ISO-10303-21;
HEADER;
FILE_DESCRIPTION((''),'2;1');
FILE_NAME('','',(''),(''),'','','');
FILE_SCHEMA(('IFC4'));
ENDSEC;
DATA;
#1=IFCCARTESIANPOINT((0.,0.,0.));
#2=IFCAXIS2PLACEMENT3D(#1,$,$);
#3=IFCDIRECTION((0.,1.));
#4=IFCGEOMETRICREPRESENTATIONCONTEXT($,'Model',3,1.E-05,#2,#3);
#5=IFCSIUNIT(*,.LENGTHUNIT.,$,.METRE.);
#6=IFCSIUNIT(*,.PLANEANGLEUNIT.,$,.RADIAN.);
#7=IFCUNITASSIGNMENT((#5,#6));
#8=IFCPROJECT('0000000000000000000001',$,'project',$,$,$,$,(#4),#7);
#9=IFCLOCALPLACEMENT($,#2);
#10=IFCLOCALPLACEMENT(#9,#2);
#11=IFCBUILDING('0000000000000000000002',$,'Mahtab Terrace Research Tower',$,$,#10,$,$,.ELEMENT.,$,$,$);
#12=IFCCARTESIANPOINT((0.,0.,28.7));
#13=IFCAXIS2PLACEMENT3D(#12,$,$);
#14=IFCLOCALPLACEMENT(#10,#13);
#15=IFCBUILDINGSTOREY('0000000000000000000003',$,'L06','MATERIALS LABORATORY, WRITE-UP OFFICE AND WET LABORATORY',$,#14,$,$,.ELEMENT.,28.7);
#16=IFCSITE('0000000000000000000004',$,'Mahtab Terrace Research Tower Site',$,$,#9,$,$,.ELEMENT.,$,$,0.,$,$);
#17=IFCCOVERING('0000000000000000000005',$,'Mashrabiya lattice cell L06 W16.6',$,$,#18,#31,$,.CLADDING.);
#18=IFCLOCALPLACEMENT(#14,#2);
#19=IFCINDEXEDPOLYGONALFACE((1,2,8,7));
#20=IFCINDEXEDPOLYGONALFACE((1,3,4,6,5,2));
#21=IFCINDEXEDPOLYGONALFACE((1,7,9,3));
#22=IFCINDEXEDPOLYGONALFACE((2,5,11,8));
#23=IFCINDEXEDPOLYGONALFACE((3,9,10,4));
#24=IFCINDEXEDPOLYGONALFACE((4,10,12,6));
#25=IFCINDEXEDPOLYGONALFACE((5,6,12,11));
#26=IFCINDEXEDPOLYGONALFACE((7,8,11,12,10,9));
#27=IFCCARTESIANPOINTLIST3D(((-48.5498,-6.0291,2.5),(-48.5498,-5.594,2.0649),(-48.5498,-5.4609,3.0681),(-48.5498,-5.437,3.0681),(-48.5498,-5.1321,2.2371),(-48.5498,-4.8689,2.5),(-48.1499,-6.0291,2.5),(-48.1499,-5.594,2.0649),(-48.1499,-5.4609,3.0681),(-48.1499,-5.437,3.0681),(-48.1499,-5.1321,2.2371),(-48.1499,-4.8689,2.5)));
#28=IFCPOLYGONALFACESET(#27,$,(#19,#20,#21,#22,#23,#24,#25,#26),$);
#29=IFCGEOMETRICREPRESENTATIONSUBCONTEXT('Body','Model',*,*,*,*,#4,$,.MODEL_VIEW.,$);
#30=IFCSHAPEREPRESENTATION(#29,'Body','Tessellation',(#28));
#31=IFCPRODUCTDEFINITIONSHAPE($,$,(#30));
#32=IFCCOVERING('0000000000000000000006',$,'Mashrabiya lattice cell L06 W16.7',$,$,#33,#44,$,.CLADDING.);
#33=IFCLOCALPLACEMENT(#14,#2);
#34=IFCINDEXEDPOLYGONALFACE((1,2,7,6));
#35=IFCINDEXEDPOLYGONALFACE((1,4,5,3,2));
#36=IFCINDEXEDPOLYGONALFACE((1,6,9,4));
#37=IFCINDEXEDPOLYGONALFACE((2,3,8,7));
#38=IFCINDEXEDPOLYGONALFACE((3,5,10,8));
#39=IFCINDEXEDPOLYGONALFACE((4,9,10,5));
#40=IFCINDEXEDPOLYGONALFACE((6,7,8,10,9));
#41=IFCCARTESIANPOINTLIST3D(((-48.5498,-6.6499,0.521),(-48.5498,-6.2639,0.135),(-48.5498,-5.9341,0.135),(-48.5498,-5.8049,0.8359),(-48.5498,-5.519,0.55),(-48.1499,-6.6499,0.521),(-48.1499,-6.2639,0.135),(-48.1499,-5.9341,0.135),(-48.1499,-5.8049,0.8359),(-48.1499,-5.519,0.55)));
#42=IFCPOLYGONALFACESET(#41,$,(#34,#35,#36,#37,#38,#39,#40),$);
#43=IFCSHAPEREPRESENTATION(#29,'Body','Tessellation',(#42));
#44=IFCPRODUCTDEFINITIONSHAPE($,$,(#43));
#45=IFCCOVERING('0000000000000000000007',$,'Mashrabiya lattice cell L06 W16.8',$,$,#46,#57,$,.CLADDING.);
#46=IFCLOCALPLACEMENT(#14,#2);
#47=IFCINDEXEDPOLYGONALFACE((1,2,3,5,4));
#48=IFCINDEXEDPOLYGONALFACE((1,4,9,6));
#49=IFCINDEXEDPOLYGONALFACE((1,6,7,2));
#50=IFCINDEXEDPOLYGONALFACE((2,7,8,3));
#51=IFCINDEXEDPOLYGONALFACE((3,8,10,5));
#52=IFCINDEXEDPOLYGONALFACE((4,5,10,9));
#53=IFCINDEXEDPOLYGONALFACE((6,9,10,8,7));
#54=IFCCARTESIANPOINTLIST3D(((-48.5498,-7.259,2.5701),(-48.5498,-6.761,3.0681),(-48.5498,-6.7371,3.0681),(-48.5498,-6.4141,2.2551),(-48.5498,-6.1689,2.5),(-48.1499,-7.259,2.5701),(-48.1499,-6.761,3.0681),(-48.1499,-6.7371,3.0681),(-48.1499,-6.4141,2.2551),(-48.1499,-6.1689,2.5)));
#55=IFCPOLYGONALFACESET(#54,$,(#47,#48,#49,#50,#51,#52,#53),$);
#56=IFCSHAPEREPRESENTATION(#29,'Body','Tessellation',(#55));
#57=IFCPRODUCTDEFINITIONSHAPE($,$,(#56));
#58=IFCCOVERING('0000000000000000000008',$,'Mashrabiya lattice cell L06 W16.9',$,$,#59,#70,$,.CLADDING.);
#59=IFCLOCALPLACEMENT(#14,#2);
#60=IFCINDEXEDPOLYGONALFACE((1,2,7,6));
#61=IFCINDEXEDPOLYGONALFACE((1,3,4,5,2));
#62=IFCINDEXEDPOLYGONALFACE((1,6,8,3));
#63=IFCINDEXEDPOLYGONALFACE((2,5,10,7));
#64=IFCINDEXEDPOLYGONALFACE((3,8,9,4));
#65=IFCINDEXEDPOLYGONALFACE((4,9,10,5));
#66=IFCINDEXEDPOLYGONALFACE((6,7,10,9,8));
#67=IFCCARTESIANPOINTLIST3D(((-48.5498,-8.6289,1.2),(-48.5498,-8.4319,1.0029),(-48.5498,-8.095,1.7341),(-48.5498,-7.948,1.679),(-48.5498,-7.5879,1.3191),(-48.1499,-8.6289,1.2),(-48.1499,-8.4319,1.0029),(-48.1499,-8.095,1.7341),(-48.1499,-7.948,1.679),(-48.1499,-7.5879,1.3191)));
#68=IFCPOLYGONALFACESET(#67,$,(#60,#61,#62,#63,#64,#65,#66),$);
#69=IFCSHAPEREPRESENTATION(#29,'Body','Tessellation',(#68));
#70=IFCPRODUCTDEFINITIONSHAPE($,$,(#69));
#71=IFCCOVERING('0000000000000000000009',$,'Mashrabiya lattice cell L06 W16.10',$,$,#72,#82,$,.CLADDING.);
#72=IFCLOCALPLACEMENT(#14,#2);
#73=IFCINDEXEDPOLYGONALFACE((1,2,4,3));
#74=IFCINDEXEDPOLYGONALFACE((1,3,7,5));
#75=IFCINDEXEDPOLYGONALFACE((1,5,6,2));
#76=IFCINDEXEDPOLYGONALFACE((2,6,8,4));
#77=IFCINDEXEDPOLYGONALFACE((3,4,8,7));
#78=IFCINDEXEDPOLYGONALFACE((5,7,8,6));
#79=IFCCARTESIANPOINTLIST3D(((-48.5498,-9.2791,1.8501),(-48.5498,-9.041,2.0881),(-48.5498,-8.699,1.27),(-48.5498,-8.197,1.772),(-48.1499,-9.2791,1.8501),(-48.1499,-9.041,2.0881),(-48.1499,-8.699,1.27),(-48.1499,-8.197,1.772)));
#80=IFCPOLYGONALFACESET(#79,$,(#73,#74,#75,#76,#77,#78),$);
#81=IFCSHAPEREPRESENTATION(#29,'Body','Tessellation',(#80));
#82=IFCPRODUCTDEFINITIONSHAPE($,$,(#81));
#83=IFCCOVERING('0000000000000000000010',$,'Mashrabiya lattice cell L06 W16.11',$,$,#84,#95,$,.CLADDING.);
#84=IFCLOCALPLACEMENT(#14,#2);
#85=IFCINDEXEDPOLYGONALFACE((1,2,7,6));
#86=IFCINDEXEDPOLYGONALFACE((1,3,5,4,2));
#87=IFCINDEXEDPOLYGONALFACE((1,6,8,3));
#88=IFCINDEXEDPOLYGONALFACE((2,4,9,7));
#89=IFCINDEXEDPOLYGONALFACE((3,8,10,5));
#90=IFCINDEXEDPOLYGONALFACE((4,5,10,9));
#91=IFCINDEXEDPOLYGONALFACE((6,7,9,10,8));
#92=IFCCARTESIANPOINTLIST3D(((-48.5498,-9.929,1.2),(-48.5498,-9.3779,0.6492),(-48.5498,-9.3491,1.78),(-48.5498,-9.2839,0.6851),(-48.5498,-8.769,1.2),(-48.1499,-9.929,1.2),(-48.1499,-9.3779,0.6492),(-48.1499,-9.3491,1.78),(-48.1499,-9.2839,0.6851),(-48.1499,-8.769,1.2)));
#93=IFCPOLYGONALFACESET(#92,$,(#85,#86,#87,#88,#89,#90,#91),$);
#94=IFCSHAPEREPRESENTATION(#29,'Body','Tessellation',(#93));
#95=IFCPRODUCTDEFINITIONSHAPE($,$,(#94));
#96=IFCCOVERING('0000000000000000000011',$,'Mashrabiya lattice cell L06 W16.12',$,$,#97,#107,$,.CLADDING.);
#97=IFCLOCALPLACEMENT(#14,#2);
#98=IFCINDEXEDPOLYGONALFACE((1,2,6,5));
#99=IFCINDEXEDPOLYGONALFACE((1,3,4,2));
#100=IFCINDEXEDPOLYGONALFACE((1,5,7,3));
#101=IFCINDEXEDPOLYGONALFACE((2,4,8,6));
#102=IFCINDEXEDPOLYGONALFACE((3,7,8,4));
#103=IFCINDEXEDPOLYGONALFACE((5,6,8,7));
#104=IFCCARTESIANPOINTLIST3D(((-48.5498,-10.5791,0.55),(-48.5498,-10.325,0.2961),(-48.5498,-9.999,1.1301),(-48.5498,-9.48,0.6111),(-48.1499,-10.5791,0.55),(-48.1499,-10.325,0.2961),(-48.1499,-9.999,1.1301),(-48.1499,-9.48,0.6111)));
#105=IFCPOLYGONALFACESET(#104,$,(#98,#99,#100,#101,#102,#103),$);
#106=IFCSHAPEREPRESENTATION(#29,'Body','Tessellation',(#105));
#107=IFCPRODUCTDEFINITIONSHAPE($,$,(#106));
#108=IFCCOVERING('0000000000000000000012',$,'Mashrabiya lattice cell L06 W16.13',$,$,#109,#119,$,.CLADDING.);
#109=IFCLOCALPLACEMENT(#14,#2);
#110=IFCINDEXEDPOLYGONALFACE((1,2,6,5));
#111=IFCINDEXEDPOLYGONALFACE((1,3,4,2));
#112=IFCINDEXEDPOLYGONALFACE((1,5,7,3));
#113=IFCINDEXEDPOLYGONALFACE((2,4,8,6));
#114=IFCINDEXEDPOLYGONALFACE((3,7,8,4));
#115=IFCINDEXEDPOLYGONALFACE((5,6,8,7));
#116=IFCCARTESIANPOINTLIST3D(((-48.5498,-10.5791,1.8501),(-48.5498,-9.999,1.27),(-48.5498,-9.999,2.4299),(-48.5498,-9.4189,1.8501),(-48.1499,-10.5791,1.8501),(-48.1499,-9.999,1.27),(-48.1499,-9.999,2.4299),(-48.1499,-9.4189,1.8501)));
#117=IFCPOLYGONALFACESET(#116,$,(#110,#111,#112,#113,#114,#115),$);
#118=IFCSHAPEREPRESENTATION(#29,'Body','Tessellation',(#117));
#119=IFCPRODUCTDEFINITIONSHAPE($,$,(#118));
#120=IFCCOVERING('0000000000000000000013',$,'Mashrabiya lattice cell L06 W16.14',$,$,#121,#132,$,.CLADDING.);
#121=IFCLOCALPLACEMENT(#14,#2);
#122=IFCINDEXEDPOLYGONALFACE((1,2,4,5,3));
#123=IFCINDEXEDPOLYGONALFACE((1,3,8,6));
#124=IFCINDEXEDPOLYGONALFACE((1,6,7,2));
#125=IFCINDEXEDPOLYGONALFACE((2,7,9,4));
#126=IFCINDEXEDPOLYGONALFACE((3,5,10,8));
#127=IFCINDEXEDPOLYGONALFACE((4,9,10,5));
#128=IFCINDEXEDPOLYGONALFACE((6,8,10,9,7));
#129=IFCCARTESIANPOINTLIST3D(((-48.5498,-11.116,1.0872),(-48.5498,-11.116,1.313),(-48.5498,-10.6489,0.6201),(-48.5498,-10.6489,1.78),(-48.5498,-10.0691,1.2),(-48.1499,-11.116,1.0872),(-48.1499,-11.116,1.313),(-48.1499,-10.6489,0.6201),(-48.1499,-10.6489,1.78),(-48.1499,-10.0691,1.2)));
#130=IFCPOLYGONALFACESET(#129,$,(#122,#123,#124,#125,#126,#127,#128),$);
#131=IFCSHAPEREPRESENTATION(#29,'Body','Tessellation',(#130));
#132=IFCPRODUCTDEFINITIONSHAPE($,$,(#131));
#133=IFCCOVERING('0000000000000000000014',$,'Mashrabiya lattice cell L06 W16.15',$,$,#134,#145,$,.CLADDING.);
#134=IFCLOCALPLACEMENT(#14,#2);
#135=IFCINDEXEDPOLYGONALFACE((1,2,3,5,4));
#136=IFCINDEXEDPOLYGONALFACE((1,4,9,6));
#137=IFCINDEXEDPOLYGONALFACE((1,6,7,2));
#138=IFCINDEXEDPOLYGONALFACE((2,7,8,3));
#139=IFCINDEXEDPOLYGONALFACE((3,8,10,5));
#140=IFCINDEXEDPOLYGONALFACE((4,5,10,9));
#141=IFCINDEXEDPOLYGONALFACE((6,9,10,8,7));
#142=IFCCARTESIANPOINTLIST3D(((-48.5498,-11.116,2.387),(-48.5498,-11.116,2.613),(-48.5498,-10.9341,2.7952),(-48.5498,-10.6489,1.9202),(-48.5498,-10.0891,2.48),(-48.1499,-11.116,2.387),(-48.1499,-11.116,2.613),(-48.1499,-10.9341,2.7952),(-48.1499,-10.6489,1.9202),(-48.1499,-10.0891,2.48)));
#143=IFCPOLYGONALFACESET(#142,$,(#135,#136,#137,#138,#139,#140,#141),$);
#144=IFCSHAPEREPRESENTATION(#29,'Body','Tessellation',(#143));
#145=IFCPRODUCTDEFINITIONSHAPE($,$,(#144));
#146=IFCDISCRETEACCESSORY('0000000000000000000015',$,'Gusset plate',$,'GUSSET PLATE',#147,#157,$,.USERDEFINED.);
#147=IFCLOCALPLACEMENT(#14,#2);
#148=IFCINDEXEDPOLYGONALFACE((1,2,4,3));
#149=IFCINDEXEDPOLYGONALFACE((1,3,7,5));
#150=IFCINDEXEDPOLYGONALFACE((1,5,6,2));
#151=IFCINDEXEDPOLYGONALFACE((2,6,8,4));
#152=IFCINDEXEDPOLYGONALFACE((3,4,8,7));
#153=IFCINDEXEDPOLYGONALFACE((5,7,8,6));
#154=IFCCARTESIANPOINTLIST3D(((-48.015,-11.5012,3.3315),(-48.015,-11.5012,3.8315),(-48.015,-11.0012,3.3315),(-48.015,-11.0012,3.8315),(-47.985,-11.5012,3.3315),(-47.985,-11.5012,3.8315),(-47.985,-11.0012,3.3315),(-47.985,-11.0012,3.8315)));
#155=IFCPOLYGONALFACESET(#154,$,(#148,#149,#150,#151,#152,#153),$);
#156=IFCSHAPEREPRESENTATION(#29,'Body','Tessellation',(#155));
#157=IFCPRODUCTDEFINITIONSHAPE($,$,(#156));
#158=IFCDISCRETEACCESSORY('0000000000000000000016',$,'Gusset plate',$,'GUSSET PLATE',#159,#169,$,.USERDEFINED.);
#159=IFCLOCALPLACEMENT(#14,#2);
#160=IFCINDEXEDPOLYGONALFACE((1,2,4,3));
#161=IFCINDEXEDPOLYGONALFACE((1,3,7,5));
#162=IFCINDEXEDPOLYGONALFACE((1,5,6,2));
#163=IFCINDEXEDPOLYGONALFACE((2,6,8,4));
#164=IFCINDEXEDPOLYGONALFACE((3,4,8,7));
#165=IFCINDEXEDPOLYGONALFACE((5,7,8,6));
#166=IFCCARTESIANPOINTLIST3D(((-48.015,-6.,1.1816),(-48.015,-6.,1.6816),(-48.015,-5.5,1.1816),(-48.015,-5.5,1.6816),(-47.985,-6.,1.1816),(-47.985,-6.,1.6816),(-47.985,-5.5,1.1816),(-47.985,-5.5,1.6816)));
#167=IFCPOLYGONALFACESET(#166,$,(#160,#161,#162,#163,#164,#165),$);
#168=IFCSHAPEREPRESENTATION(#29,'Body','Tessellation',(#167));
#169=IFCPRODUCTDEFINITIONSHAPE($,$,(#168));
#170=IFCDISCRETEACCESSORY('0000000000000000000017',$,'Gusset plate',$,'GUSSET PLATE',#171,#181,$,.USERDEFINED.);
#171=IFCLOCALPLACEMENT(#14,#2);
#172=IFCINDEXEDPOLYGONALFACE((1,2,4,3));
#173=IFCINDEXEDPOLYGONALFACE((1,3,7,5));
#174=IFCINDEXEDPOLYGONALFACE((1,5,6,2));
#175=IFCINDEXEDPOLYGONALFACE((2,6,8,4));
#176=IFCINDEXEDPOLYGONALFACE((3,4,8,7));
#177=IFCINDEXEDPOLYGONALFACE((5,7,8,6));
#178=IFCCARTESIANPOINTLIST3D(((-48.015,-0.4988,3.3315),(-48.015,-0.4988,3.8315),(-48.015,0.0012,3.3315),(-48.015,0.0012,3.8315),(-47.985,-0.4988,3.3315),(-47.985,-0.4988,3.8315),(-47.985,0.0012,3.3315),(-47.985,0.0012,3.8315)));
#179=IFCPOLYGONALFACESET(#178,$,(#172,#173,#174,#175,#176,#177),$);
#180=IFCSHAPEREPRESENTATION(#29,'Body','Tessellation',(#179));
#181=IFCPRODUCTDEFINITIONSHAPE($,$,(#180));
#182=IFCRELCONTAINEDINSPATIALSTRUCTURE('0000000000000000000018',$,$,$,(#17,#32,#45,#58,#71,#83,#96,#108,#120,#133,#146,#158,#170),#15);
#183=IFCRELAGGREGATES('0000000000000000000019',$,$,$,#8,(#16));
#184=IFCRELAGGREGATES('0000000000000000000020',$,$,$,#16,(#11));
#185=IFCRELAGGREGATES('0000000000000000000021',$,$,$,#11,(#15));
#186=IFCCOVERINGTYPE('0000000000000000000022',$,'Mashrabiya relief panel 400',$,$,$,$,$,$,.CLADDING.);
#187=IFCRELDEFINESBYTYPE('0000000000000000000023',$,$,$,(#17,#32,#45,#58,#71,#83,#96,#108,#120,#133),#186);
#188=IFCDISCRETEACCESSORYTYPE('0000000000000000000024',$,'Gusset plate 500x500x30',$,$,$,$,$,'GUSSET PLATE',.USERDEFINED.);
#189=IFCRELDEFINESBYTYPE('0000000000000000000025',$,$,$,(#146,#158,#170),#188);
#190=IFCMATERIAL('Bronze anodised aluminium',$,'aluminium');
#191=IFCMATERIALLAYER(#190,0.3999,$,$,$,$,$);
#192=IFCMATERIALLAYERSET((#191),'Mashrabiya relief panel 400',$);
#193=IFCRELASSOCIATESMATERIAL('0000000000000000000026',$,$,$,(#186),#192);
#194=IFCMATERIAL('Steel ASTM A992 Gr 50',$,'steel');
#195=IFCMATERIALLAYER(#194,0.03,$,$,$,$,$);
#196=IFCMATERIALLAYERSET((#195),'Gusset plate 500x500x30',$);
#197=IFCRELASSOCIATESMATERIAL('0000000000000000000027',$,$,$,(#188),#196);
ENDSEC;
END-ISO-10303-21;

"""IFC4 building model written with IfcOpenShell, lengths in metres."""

from ifc_helpers import new_model, si_unit, direction, frame, origin, origin_2d, place, context, subcontext, project, spatial, polyline, rectangle, outline, extrude, material, layer, layer_set, type_object, element, save


model = new_model("IFC4")

# Units and contexts
model_context = context("Model", 3, precision=1e-05, world=origin(), true_north=direction((0.0, 1.0)))
body_context = subcontext(model_context, "Body", "Model", "MODEL_VIEW")
ifc_project = project(units=[si_unit("LENGTHUNIT", "METRE"), si_unit("PLANEANGLEUNIT", "RADIAN")], contexts=[model_context])

# Site, building, storey
site_placement = place(None, origin())
site = spatial("IfcSite", under=ifc_project, at=site_placement, Name="Mahtab Terrace Research Tower Site", CompositionType="ELEMENT", RefElevation=0.0)
building_placement = place(site_placement, origin())
building = spatial("IfcBuilding", under=site, at=building_placement, Name="Mahtab Terrace Research Tower", CompositionType="ELEMENT")
storey_placement = place(building_placement, frame((0.0, 0.0, 28.7)))
storey = spatial("IfcBuildingStorey", under=building, at=storey_placement, Name="L06", Description="MATERIALS LABORATORY, WRITE-UP OFFICE AND WET LABORATORY", CompositionType="ELEMENT", Elevation=28.7)

# Shared definitions
ifc_material_1 = material(Name="Steel ASTM A992 Gr 50", Category="steel")

# Coverings
ifc_material_2 = material(Name="Bronze anodised aluminium", Category="aluminium")
ifc_layer_1 = layer(ifc_material_2, 0.3999)
ifc_layer_set_1 = layer_set([ifc_layer_1], Name="Mashrabiya relief panel 400")
covering_type = type_object("IfcCoveringType", Name="Mashrabiya relief panel 400", PredefinedType="CLADDING", material=ifc_layer_set_1)
covering_1_placement = place(storey_placement, frame((-48.1499, -4.8689, 2.5), z_axis=(1.0, 0.0, 0.0), x_axis=(0.0, -0.707107, 0.707107)))
element("IfcCovering", 1, at=covering_1_placement, inside=storey, type_object=covering_type, Name="Mashrabiya lattice cell L06 W16.6", PredefinedType="CLADDING", context=body_context, shape_type="SweptSolid", body=[
    extrude(outline(polyline([(0.0, 0.0), (0.8034, 0.0), (0.8204, 0.0169), (0.8204, 0.8204), (0.2051, 0.8204), (0.0002, 0.372), (0.0, 0.0)])), origin(), (0.0, 0.0, -1.0), 0.3999),
])
covering_2_placement = place(storey_placement, frame((-48.1499, -5.519, 0.55), z_axis=(1.0, 0.0, 0.0), x_axis=(0.0, -0.707107, 0.707107)))
element("IfcCovering", 2, at=covering_2_placement, inside=storey, type_object=covering_type, Name="Mashrabiya lattice cell L06 W16.7", PredefinedType="CLADDING", context=body_context, shape_type="SweptSolid", body=[
    extrude(outline(polyline([(0.0, 0.0), (0.4043, 0.0), (0.7791, 0.8202), (0.2332, 0.8202), (0.0, 0.587), (0.0, 0.0)])), origin(), (0.0, 0.0, -1.0), 0.3999),
])
covering_3_placement = place(storey_placement, frame((-48.1499, -6.1689, 2.5), z_axis=(1.0, 0.0, 0.0), x_axis=(0.0, -0.707107, 0.707107)))
element("IfcCovering", 3, at=covering_3_placement, inside=storey, type_object=covering_type, Name="Mashrabiya lattice cell L06 W16.8", PredefinedType="CLADDING", context=body_context, shape_type="SweptSolid", body=[
    extrude(outline(polyline([(0.0, 0.0), (0.8034, 0.0), (0.8204, 0.0169), (0.8204, 0.7213), (0.0002, 0.3465), (0.0, 0.0)])), origin(), (0.0, 0.0, -1.0), 0.3999),
])
covering_4_placement = place(storey_placement, frame((-48.1499, -8.6289, 1.2), z_axis=(1.0, 0.0, 0.0), x_axis=(0.0, 0.707107, -0.707107)))
element("IfcCovering", 4, at=covering_4_placement, inside=storey, type_object=covering_type, Name="Mashrabiya lattice cell L06 W16.9", PredefinedType="CLADDING", context=body_context, shape_type="SweptSolid", body=[
    extrude(outline(polyline([(0.0, 0.0), (0.2786, 0.0), (0.6519, 0.8204), (0.1428, 0.8202), (-0.0002, 0.7553), (0.0, 0.0)])), origin(), (0.0, 0.0, -1.0), 0.3999),
])
covering_5_placement = place(storey_placement, frame((-48.1499, -9.2791, 1.8501), z_axis=(1.0, 0.0, 0.0), x_axis=(0.0, 0.707107, -0.707107)))
element("IfcCovering", 5, at=covering_5_placement, inside=storey, type_object=covering_type, Name="Mashrabiya lattice cell L06 W16.10", PredefinedType="CLADDING", context=body_context, shape_type="SweptSolid", body=[
    extrude(outline(polyline([(0.0, 0.0), (0.8204, 0.0), (0.8204, 0.7099), (0.0, 0.3366), (0.0, 0.0)])), origin(), (0.0, 0.0, -1.0), 0.3999),
])
covering_6_placement = place(storey_placement, frame((-48.1499, -8.769, 1.2), z_axis=(1.0, 0.0, 0.0), x_axis=(0.0, -0.707107, 0.707107)))
element("IfcCovering", 6, at=covering_6_placement, inside=storey, type_object=covering_type, Name="Mashrabiya lattice cell L06 W16.11", PredefinedType="CLADDING", context=body_context, shape_type="SweptSolid", body=[
    extrude(outline(polyline([(0.0, 0.0), (0.8204, 0.0), (0.8202, 0.8202), (0.0411, 0.82), (0.0, 0.7282), (0.0, 0.0)])), origin(), (0.0, 0.0, -1.0), 0.3999),
])
covering_7_placement = place(storey_placement, frame((-48.1499, -9.999, 1.1301), z_axis=(1.0, 0.0, 0.0), x_axis=(0.0, -0.707107, -0.707107)))
element("IfcCovering", 7, at=covering_7_placement, inside=storey, type_object=covering_type, Name="Mashrabiya lattice cell L06 W16.12", PredefinedType="CLADDING", context=body_context, shape_type="SweptSolid", body=[
    extrude(outline(polyline([(0.0, 0.0), (0.8204, 0.0), (0.8202, 0.3593), (0.0, 0.734), (0.0, 0.0)])), origin(), (0.0, 0.0, -1.0), 0.3999),
])
covering_8_placement = place(storey_placement, frame((-48.1499, -9.999, 2.4299), z_axis=(1.0, 0.0, 0.0), x_axis=(0.0, -0.707256, -0.706958)))
element("IfcCovering", 8, at=covering_8_placement, inside=storey, type_object=covering_type, Name="Mashrabiya lattice cell L06 W16.13", PredefinedType="CLADDING", context=body_context, shape_type="SweptSolid", body=[
    extrude(outline(polyline([(0.0, 0.0), (0.8202, 0.0), (0.82, 0.8204), (-0.0003, 0.8202), (0.0, 0.0)])), origin(), (0.0, 0.0, -1.0), 0.3999),
])
covering_9_placement = place(storey_placement, frame((-48.1499, -10.6489, 0.6201), z_axis=(1.0, 0.0, 0.0), x_axis=(0.0, 0.707107, 0.707107)))
element("IfcCovering", 9, at=covering_9_placement, inside=storey, type_object=covering_type, Name="Mashrabiya lattice cell L06 W16.14", PredefinedType="CLADDING", context=body_context, shape_type="SweptSolid", body=[
    extrude(outline(polyline([(0.0, 0.0), (0.82, 0.0), (0.8202, 0.8202), (0.1597, 0.8202), (0.0, 0.6605), (0.0, 0.0)])), origin(), (0.0, 0.0, -1.0), 0.3999),
])
covering_10_placement = place(storey_placement, frame((-48.1499, -10.6489, 1.9202), z_axis=(1.0, 0.0, 0.0), x_axis=(0.0, 0.707107, 0.707107)))
element("IfcCovering", 10, at=covering_10_placement, inside=storey, type_object=covering_type, Name="Mashrabiya lattice cell L06 W16.15", PredefinedType="CLADDING", context=body_context, shape_type="SweptSolid", body=[
    extrude(outline(polyline([(0.0, 0.0), (0.7917, 0.0), (0.4171, 0.8204), (0.1597, 0.8202), (-0.0002, 0.6603), (0.0, 0.0)])), origin(), (0.0, 0.0, -1.0), 0.3999),
])

# Discrete accessories
ifc_layer_2 = layer(ifc_material_1, 0.03)
ifc_layer_set_2 = layer_set([ifc_layer_2], Name="Gusset plate 500x500x30")
discrete_accessory_type = type_object("IfcDiscreteAccessoryType", Name="Gusset plate 500x500x30", ElementType="GUSSET PLATE", PredefinedType="USERDEFINED", material=ifc_layer_set_2)
for number, where, z_axis, x_axis, name in (
    (11, (-48.0, -11.2512, 3.3315), (0.0, 0.0, 1.0), (0.0, 1.0, 0.0), "Gusset plate"),
    (12, (-48.0, -5.75, 1.1816), (0.0, 0.0, 1.0), (0.0, 1.0, 0.0), "Gusset plate"),
    (13, (-48.0, -0.2488, 3.3315), (0.0, 0.0, 1.0), (0.0, 1.0, 0.0), "Gusset plate"),
):
    element("IfcDiscreteAccessory", number, at=place(storey_placement, frame(where, z_axis=z_axis, x_axis=x_axis)), inside=storey, type_object=discrete_accessory_type, Name=name, ObjectType="GUSSET PLATE", PredefinedType="USERDEFINED", context=body_context, shape_type="SweptSolid", body=[
        extrude(rectangle(XDim=0.5, YDim=0.03, at=origin_2d()), origin(), (0.0, 0.0, 1.0), 0.5),
    ])

save(model, "model.ifc")
